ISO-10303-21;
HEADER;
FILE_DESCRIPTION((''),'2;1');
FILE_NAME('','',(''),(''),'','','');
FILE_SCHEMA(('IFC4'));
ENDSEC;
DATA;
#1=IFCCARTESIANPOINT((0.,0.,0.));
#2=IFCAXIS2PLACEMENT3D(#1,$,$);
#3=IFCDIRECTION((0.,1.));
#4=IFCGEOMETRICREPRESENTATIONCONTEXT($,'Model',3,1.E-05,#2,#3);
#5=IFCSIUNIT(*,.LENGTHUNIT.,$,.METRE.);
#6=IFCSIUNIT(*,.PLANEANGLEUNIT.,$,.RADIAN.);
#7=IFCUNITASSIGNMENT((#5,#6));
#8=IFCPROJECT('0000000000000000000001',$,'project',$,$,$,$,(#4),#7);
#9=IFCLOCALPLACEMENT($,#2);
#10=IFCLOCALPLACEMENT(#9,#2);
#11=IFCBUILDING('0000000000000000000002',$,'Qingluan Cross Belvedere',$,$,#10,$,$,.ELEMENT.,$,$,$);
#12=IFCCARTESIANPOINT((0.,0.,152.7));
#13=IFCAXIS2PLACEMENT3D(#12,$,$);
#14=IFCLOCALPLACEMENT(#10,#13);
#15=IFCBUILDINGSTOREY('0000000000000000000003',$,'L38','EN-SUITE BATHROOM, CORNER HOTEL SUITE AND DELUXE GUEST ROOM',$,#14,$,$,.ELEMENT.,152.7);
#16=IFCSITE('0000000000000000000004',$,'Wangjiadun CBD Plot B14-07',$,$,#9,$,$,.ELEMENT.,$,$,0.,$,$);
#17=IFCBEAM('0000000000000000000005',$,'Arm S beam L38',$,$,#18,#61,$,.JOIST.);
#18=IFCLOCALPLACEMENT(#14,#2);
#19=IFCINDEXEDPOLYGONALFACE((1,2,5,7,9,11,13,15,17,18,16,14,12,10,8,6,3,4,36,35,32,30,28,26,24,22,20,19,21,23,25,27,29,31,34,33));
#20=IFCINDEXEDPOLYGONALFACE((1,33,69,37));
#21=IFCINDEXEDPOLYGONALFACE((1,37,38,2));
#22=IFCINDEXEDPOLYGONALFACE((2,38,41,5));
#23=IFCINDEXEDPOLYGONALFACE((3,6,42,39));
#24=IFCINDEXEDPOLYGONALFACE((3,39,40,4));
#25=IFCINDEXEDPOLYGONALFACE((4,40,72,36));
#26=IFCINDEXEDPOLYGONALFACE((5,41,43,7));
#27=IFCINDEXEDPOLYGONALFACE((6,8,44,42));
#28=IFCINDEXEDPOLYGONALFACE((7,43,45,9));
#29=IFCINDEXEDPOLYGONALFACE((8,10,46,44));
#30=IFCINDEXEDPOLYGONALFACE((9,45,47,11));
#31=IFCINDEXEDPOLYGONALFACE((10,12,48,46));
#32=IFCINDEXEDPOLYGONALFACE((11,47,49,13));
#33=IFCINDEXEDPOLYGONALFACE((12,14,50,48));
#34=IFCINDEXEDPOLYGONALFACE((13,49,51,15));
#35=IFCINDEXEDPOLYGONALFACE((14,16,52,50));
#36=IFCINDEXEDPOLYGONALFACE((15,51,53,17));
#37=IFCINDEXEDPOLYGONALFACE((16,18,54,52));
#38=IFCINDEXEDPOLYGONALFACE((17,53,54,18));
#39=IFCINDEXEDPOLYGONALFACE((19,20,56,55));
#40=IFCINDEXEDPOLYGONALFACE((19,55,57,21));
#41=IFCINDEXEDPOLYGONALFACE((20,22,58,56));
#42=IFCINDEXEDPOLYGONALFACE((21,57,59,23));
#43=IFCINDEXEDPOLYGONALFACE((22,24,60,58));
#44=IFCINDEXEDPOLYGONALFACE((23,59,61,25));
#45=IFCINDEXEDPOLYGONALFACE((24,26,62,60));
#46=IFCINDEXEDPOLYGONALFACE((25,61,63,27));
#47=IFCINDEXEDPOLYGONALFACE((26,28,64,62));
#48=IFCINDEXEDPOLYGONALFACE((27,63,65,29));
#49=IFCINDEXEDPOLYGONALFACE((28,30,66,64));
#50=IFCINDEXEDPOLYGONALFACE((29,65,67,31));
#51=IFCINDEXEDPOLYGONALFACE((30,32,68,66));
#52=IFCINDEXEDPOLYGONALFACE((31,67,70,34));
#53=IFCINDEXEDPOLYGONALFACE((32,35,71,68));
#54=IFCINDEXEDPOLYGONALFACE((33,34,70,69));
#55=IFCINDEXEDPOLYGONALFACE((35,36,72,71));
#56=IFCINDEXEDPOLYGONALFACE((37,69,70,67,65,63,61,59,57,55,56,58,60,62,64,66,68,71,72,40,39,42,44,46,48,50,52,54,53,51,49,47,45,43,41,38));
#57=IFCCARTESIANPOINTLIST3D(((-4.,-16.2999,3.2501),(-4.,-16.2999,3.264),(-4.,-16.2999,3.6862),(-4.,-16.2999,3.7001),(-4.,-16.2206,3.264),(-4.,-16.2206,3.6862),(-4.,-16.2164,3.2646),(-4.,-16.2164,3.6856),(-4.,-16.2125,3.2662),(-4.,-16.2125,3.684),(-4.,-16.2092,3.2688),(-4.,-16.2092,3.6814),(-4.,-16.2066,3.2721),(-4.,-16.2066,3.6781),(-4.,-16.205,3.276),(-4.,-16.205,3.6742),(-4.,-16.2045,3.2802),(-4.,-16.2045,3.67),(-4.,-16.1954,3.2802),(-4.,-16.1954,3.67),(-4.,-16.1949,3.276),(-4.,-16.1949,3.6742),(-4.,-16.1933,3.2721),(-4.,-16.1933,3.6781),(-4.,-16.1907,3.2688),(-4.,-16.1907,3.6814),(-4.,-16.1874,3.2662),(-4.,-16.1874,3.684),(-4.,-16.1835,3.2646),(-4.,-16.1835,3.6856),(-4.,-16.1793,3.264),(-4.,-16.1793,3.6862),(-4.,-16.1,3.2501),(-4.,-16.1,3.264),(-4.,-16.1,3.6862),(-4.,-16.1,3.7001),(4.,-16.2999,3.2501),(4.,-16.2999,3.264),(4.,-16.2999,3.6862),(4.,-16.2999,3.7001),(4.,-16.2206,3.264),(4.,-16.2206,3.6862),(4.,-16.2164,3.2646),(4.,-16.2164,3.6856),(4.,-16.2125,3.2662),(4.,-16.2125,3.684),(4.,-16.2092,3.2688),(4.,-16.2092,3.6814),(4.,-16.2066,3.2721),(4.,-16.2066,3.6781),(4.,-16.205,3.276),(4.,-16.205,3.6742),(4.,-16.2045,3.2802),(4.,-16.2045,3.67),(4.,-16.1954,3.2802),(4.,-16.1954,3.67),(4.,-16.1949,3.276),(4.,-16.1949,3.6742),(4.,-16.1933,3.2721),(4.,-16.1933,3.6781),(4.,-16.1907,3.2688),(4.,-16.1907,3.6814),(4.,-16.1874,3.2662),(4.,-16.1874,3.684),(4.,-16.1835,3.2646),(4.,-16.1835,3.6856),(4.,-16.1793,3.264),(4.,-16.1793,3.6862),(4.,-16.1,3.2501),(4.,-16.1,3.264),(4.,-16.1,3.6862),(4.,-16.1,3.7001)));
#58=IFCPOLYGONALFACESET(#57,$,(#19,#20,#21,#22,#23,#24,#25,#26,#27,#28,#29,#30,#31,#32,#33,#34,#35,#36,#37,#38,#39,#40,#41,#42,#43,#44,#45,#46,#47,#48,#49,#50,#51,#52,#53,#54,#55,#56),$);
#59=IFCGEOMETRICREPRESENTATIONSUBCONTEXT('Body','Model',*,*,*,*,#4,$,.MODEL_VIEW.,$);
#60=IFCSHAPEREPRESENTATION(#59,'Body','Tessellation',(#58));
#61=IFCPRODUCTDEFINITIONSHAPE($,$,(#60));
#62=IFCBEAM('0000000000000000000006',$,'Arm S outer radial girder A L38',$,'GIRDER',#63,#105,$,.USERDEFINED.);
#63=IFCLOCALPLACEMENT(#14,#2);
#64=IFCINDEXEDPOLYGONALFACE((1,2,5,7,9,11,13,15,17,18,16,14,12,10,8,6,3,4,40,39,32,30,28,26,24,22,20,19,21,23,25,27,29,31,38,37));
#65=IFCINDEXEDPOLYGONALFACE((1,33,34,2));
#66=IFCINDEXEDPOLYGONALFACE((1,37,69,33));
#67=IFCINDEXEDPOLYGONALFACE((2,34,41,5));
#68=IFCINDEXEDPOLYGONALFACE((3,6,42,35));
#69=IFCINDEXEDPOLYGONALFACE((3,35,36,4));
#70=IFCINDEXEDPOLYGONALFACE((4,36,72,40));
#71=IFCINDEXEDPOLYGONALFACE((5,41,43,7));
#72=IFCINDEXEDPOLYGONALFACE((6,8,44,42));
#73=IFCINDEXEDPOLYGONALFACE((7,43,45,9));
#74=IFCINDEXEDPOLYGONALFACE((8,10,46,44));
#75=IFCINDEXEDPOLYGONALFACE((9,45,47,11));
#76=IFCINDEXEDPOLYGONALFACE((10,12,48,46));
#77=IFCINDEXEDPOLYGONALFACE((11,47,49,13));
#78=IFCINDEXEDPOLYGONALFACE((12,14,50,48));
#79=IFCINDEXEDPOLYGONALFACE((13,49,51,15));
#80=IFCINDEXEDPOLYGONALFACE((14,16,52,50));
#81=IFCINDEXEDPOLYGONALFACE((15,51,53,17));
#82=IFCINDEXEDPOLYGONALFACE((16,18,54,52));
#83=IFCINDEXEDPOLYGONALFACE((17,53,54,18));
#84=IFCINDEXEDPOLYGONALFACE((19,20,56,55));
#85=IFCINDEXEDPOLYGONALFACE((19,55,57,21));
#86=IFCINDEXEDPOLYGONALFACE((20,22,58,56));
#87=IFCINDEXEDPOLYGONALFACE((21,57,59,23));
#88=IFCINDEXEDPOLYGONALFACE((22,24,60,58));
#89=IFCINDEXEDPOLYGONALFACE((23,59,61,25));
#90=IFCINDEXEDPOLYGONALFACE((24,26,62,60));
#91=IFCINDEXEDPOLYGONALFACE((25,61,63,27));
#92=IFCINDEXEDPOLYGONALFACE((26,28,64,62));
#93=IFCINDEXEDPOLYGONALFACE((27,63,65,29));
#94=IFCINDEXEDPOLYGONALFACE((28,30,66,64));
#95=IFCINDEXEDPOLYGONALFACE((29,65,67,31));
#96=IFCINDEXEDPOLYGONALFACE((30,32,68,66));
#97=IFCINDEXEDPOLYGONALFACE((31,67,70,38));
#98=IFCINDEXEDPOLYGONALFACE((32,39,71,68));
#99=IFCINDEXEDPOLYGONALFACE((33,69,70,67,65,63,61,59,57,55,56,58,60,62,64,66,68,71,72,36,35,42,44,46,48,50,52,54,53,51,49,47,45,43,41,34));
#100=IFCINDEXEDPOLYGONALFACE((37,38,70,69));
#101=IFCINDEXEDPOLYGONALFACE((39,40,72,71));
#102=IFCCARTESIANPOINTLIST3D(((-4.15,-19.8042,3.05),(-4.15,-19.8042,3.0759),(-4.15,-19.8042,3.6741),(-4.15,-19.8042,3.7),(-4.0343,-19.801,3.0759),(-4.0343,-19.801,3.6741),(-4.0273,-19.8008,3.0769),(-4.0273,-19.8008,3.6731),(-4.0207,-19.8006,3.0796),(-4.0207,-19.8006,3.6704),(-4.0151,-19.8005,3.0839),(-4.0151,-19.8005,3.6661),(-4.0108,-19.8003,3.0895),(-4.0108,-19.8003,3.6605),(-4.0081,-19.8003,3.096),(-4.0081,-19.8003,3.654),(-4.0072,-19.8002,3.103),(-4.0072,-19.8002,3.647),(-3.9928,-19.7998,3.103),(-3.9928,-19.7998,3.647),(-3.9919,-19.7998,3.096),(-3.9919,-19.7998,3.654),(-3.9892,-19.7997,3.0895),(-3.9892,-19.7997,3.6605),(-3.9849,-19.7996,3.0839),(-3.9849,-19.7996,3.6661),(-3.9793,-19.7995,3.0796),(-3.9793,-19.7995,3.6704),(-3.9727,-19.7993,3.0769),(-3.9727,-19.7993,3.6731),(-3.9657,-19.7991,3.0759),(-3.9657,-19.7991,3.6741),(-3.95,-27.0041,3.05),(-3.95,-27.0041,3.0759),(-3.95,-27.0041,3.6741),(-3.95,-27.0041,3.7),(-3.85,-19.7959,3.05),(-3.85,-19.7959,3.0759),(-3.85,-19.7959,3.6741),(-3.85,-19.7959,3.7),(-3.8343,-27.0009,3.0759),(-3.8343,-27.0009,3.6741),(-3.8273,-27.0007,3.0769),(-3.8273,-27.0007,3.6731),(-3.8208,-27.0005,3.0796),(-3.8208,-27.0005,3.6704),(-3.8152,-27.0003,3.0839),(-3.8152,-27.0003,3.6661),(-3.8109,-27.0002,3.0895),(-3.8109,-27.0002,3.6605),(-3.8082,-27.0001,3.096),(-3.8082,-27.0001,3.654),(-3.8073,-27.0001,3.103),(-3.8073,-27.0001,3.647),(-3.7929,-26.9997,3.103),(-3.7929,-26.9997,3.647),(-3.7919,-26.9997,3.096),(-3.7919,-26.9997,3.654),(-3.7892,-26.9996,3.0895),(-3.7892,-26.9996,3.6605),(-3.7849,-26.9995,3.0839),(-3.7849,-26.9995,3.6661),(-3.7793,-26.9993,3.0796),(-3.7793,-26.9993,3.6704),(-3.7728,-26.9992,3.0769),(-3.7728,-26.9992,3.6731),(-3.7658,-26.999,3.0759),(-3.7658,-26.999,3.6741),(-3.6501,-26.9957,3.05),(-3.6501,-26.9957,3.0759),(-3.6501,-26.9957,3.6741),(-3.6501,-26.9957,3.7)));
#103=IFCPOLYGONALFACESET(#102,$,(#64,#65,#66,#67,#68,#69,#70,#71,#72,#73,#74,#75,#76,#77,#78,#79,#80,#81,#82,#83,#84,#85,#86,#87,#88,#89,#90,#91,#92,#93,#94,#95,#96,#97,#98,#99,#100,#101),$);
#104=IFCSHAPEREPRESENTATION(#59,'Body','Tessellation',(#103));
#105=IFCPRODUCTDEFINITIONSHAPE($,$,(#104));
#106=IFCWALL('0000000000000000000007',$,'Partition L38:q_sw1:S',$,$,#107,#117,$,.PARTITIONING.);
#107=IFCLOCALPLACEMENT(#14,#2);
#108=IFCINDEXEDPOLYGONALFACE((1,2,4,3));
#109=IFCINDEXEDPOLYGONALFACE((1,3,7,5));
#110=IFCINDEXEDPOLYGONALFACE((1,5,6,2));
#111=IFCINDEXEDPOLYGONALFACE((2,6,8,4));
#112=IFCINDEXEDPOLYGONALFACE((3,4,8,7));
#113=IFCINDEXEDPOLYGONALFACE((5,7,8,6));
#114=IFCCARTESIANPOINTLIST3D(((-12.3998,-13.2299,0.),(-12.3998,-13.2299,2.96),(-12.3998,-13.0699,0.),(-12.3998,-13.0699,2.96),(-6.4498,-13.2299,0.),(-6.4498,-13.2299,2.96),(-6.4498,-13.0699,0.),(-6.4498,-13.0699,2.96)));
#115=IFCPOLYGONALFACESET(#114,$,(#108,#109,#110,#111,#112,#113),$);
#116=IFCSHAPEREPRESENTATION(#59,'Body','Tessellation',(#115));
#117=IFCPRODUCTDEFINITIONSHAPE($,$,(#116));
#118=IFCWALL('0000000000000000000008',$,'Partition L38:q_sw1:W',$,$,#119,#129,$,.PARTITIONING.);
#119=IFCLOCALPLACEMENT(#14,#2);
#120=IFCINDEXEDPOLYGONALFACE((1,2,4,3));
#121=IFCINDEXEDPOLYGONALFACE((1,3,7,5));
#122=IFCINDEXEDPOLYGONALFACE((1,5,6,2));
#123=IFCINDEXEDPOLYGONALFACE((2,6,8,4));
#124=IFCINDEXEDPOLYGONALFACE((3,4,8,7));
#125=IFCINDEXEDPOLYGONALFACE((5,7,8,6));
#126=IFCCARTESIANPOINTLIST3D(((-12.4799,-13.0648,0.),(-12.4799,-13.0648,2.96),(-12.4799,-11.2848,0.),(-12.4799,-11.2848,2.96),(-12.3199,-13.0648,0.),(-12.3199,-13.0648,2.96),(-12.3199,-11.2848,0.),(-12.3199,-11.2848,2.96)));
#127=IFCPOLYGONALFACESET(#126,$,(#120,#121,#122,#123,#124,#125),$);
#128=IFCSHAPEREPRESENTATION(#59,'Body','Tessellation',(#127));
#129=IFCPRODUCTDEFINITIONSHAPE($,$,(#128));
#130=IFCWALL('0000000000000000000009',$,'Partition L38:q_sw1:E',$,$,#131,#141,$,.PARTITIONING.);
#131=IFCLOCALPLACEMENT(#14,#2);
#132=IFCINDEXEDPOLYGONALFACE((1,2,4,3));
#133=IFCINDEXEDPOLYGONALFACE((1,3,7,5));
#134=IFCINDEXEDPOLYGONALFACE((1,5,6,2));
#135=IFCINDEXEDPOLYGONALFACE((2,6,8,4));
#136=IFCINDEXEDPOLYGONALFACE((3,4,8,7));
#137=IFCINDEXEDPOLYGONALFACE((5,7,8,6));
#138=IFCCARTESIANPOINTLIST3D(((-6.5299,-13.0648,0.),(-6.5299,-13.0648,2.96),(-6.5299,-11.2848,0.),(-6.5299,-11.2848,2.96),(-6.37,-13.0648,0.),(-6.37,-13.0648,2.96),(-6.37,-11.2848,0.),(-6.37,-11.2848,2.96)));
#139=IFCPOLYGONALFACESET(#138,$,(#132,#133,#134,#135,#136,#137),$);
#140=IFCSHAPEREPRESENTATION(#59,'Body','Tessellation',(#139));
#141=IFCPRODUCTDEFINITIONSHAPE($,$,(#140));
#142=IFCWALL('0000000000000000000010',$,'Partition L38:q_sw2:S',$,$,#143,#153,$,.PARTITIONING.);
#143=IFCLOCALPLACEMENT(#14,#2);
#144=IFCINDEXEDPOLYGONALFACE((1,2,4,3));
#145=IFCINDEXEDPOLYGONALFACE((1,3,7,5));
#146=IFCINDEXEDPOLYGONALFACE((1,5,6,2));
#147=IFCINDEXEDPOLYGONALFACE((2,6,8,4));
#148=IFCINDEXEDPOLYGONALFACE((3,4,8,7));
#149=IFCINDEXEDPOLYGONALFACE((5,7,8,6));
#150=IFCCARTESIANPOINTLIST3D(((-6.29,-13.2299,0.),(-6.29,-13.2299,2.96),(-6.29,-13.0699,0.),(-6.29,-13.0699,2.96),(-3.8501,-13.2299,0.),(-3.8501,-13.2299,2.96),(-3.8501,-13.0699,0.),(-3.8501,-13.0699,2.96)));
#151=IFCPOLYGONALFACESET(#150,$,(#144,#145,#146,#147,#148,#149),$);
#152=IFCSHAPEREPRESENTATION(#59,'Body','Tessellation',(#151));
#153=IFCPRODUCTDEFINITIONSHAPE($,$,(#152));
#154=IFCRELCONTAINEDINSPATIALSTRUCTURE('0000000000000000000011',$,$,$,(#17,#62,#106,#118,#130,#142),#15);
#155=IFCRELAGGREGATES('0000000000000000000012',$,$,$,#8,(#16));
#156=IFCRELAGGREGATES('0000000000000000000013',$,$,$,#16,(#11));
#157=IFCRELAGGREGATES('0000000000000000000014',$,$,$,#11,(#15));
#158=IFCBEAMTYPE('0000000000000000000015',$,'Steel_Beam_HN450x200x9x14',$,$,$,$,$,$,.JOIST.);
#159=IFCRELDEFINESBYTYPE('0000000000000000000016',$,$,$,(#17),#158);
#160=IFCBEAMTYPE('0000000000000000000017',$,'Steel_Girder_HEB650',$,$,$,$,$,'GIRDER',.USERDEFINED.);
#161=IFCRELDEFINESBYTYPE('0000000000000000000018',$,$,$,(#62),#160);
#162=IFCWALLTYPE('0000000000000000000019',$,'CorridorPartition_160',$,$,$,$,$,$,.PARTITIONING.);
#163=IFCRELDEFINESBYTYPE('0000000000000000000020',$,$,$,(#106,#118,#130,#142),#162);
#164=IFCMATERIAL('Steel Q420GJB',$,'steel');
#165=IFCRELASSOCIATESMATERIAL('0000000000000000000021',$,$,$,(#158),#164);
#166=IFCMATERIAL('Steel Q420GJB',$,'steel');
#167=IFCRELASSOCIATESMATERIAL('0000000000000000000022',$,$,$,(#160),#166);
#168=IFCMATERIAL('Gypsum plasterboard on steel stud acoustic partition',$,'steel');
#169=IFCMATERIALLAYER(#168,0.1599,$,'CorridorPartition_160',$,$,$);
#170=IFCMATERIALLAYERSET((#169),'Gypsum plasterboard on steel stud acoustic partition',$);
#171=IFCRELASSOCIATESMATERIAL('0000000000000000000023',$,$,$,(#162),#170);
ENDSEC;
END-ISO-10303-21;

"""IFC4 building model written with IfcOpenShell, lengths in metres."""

from ifc_helpers import new_model, si_unit, direction, frame, frame_2d, origin, origin_2d, place, context, subcontext, project, spatial, rectangle, i_section, extrude, material, layer, layer_set, material_profile, profile_set, type_object, element, save


model = new_model("IFC4")

# Units and contexts
model_context = context("Model", 3, precision=1e-05, world=origin(), true_north=direction((0.0, 1.0)))
body_context = subcontext(model_context, "Body", "Model", "MODEL_VIEW")
ifc_project = project(units=[si_unit("LENGTHUNIT", "METRE"), si_unit("PLANEANGLEUNIT", "RADIAN")], contexts=[model_context])

# Site, building, storey
site_placement = place(None, origin())
site = spatial("IfcSite", under=ifc_project, at=site_placement, Name="Wangjiadun CBD Plot B14-07", CompositionType="ELEMENT", RefElevation=0.0)
building_placement = place(site_placement, origin())
building = spatial("IfcBuilding", under=site, at=building_placement, Name="Qingluan Cross Belvedere", CompositionType="ELEMENT")
storey_placement = place(building_placement, frame((0.0, 0.0, 152.7)))
storey = spatial("IfcBuildingStorey", under=building, at=storey_placement, Name="L38", Description="EN-SUITE BATHROOM, CORNER HOTEL SUITE AND DELUXE GUEST ROOM", CompositionType="ELEMENT", Elevation=152.7)

# Beams
ifc_material_1 = material(Name="Steel Q420GJB", Category="steel")
ifc_material_profile_1 = material_profile(ifc_material_1, i_section(OverallWidth=0.2, OverallDepth=0.45, WebThickness=0.009, FlangeThickness=0.0139, FilletRadius=0.0161, at=origin_2d()), Name="HN450x200x9x14")
ifc_profile_set_1 = profile_set([ifc_material_profile_1], Name="Steel Q420GJB")
beam_type_1 = type_object("IfcBeamType", Name="Steel_Beam_HN450x200x9x14", PredefinedType="JOIST", material=ifc_profile_set_1)
for number, where, z_axis, x_axis, name in (
    (1, (-4.0, -16.2, 3.4751), (1.0, 0.0, 0.0), (0.0, 1.0, 0.0), "Arm S beam L38"),
):
    element("IfcBeam", number, at=place(storey_placement, frame(where, z_axis=z_axis, x_axis=x_axis)), inside=storey, type_object=beam_type_1, Name=name, PredefinedType="JOIST", context=body_context, shape_type="SweptSolid", body=[
        extrude(i_section(OverallWidth=0.2, OverallDepth=0.45, WebThickness=0.009, FlangeThickness=0.0139, FilletRadius=0.0161, at=origin_2d()), origin(), (0.0, 0.0, 1.0), 8.0),
    ])
ifc_material_2 = material(Name="Steel Q420GJB", Category="steel")
ifc_material_profile_2 = material_profile(ifc_material_2, i_section(OverallWidth=0.3, OverallDepth=0.6499, WebThickness=0.0144, FlangeThickness=0.0259, FilletRadius=0.0271, at=origin_2d()), Name="HEB650")
ifc_profile_set_2 = profile_set([ifc_material_profile_2], Name="Steel Q420GJB")
beam_type_2 = type_object("IfcBeamType", Name="Steel_Girder_HEB650", ElementType="GIRDER", PredefinedType="USERDEFINED", material=ifc_profile_set_2)
beam_placement = place(storey_placement, frame((-4.0, -19.8, 3.375), z_axis=(0.02776, -0.999615, 0.0), x_axis=(0.999615, 0.02776, 0.0)))
element("IfcBeam", 2, at=beam_placement, inside=storey, type_object=beam_type_2, Name="Arm S outer radial girder A L38", ObjectType="GIRDER", PredefinedType="USERDEFINED", context=body_context, shape_type="SweptSolid", body=[
    extrude(i_section(OverallWidth=0.3, OverallDepth=0.6499, WebThickness=0.0144, FlangeThickness=0.0259, FilletRadius=0.0271, at=origin_2d()), origin(), (0.0, 0.0, 1.0), 7.2026),
])

# Walls
ifc_material_3 = material(Name="Gypsum plasterboard on steel stud acoustic partition", Category="steel")
ifc_layer_1 = layer(ifc_material_3, 0.1599, Name="CorridorPartition_160")
ifc_layer_set_1 = layer_set([ifc_layer_1], Name="Gypsum plasterboard on steel stud acoustic partition")
wall_type_1 = type_object("IfcWallType", Name="CorridorPartition_160", PredefinedType="PARTITIONING", material=ifc_layer_set_1)
wall_1_placement = place(storey_placement, frame((-12.3999, -13.1499, 0.0), z_axis=(0.0, 0.0, 1.0), x_axis=(1.0, 0.0, 0.0)))
element("IfcWall", 3, at=wall_1_placement, inside=storey, type_object=wall_type_1, Name="Partition L38:q_sw1:S", PredefinedType="PARTITIONING", context=body_context, shape_type="SweptSolid", body=[
    extrude(rectangle(XDim=5.95, YDim=0.1599, at=frame_2d((2.9751, 0.0))), origin(), (0.0, 0.0, 1.0), 2.96),
])
for number, where, z_axis, x_axis, name in (
    (4, (-12.3999, -13.0649, 0.0), (0.0, 0.0, 1.0), (0.0, 1.0, 0.0), "Partition L38:q_sw1:W"),
    (5, (-6.45, -13.0649, 0.0), (0.0, 0.0, 1.0), (0.0, 1.0, 0.0), "Partition L38:q_sw1:E"),
):
    element("IfcWall", number, at=place(storey_placement, frame(where, z_axis=z_axis, x_axis=x_axis)), inside=storey, type_object=wall_type_1, Name=name, PredefinedType="PARTITIONING", context=body_context, shape_type="SweptSolid", body=[
        extrude(rectangle(XDim=1.78, YDim=0.1599, at=frame_2d((0.8901, 0.0))), origin(), (0.0, 0.0, 1.0), 2.96),
    ])
wall_2_placement = place(storey_placement, frame((-6.29, -13.1499, 0.0), z_axis=(0.0, 0.0, 1.0), x_axis=(1.0, 0.0, 0.0)))
element("IfcWall", 6, at=wall_2_placement, inside=storey, type_object=wall_type_1, Name="Partition L38:q_sw2:S", PredefinedType="PARTITIONING", context=body_context, shape_type="SweptSolid", body=[
    extrude(rectangle(XDim=2.4399, YDim=0.1599, at=frame_2d((1.22, 0.0))), origin(), (0.0, 0.0, 1.0), 2.96),
])

save(model, "model.ifc")
